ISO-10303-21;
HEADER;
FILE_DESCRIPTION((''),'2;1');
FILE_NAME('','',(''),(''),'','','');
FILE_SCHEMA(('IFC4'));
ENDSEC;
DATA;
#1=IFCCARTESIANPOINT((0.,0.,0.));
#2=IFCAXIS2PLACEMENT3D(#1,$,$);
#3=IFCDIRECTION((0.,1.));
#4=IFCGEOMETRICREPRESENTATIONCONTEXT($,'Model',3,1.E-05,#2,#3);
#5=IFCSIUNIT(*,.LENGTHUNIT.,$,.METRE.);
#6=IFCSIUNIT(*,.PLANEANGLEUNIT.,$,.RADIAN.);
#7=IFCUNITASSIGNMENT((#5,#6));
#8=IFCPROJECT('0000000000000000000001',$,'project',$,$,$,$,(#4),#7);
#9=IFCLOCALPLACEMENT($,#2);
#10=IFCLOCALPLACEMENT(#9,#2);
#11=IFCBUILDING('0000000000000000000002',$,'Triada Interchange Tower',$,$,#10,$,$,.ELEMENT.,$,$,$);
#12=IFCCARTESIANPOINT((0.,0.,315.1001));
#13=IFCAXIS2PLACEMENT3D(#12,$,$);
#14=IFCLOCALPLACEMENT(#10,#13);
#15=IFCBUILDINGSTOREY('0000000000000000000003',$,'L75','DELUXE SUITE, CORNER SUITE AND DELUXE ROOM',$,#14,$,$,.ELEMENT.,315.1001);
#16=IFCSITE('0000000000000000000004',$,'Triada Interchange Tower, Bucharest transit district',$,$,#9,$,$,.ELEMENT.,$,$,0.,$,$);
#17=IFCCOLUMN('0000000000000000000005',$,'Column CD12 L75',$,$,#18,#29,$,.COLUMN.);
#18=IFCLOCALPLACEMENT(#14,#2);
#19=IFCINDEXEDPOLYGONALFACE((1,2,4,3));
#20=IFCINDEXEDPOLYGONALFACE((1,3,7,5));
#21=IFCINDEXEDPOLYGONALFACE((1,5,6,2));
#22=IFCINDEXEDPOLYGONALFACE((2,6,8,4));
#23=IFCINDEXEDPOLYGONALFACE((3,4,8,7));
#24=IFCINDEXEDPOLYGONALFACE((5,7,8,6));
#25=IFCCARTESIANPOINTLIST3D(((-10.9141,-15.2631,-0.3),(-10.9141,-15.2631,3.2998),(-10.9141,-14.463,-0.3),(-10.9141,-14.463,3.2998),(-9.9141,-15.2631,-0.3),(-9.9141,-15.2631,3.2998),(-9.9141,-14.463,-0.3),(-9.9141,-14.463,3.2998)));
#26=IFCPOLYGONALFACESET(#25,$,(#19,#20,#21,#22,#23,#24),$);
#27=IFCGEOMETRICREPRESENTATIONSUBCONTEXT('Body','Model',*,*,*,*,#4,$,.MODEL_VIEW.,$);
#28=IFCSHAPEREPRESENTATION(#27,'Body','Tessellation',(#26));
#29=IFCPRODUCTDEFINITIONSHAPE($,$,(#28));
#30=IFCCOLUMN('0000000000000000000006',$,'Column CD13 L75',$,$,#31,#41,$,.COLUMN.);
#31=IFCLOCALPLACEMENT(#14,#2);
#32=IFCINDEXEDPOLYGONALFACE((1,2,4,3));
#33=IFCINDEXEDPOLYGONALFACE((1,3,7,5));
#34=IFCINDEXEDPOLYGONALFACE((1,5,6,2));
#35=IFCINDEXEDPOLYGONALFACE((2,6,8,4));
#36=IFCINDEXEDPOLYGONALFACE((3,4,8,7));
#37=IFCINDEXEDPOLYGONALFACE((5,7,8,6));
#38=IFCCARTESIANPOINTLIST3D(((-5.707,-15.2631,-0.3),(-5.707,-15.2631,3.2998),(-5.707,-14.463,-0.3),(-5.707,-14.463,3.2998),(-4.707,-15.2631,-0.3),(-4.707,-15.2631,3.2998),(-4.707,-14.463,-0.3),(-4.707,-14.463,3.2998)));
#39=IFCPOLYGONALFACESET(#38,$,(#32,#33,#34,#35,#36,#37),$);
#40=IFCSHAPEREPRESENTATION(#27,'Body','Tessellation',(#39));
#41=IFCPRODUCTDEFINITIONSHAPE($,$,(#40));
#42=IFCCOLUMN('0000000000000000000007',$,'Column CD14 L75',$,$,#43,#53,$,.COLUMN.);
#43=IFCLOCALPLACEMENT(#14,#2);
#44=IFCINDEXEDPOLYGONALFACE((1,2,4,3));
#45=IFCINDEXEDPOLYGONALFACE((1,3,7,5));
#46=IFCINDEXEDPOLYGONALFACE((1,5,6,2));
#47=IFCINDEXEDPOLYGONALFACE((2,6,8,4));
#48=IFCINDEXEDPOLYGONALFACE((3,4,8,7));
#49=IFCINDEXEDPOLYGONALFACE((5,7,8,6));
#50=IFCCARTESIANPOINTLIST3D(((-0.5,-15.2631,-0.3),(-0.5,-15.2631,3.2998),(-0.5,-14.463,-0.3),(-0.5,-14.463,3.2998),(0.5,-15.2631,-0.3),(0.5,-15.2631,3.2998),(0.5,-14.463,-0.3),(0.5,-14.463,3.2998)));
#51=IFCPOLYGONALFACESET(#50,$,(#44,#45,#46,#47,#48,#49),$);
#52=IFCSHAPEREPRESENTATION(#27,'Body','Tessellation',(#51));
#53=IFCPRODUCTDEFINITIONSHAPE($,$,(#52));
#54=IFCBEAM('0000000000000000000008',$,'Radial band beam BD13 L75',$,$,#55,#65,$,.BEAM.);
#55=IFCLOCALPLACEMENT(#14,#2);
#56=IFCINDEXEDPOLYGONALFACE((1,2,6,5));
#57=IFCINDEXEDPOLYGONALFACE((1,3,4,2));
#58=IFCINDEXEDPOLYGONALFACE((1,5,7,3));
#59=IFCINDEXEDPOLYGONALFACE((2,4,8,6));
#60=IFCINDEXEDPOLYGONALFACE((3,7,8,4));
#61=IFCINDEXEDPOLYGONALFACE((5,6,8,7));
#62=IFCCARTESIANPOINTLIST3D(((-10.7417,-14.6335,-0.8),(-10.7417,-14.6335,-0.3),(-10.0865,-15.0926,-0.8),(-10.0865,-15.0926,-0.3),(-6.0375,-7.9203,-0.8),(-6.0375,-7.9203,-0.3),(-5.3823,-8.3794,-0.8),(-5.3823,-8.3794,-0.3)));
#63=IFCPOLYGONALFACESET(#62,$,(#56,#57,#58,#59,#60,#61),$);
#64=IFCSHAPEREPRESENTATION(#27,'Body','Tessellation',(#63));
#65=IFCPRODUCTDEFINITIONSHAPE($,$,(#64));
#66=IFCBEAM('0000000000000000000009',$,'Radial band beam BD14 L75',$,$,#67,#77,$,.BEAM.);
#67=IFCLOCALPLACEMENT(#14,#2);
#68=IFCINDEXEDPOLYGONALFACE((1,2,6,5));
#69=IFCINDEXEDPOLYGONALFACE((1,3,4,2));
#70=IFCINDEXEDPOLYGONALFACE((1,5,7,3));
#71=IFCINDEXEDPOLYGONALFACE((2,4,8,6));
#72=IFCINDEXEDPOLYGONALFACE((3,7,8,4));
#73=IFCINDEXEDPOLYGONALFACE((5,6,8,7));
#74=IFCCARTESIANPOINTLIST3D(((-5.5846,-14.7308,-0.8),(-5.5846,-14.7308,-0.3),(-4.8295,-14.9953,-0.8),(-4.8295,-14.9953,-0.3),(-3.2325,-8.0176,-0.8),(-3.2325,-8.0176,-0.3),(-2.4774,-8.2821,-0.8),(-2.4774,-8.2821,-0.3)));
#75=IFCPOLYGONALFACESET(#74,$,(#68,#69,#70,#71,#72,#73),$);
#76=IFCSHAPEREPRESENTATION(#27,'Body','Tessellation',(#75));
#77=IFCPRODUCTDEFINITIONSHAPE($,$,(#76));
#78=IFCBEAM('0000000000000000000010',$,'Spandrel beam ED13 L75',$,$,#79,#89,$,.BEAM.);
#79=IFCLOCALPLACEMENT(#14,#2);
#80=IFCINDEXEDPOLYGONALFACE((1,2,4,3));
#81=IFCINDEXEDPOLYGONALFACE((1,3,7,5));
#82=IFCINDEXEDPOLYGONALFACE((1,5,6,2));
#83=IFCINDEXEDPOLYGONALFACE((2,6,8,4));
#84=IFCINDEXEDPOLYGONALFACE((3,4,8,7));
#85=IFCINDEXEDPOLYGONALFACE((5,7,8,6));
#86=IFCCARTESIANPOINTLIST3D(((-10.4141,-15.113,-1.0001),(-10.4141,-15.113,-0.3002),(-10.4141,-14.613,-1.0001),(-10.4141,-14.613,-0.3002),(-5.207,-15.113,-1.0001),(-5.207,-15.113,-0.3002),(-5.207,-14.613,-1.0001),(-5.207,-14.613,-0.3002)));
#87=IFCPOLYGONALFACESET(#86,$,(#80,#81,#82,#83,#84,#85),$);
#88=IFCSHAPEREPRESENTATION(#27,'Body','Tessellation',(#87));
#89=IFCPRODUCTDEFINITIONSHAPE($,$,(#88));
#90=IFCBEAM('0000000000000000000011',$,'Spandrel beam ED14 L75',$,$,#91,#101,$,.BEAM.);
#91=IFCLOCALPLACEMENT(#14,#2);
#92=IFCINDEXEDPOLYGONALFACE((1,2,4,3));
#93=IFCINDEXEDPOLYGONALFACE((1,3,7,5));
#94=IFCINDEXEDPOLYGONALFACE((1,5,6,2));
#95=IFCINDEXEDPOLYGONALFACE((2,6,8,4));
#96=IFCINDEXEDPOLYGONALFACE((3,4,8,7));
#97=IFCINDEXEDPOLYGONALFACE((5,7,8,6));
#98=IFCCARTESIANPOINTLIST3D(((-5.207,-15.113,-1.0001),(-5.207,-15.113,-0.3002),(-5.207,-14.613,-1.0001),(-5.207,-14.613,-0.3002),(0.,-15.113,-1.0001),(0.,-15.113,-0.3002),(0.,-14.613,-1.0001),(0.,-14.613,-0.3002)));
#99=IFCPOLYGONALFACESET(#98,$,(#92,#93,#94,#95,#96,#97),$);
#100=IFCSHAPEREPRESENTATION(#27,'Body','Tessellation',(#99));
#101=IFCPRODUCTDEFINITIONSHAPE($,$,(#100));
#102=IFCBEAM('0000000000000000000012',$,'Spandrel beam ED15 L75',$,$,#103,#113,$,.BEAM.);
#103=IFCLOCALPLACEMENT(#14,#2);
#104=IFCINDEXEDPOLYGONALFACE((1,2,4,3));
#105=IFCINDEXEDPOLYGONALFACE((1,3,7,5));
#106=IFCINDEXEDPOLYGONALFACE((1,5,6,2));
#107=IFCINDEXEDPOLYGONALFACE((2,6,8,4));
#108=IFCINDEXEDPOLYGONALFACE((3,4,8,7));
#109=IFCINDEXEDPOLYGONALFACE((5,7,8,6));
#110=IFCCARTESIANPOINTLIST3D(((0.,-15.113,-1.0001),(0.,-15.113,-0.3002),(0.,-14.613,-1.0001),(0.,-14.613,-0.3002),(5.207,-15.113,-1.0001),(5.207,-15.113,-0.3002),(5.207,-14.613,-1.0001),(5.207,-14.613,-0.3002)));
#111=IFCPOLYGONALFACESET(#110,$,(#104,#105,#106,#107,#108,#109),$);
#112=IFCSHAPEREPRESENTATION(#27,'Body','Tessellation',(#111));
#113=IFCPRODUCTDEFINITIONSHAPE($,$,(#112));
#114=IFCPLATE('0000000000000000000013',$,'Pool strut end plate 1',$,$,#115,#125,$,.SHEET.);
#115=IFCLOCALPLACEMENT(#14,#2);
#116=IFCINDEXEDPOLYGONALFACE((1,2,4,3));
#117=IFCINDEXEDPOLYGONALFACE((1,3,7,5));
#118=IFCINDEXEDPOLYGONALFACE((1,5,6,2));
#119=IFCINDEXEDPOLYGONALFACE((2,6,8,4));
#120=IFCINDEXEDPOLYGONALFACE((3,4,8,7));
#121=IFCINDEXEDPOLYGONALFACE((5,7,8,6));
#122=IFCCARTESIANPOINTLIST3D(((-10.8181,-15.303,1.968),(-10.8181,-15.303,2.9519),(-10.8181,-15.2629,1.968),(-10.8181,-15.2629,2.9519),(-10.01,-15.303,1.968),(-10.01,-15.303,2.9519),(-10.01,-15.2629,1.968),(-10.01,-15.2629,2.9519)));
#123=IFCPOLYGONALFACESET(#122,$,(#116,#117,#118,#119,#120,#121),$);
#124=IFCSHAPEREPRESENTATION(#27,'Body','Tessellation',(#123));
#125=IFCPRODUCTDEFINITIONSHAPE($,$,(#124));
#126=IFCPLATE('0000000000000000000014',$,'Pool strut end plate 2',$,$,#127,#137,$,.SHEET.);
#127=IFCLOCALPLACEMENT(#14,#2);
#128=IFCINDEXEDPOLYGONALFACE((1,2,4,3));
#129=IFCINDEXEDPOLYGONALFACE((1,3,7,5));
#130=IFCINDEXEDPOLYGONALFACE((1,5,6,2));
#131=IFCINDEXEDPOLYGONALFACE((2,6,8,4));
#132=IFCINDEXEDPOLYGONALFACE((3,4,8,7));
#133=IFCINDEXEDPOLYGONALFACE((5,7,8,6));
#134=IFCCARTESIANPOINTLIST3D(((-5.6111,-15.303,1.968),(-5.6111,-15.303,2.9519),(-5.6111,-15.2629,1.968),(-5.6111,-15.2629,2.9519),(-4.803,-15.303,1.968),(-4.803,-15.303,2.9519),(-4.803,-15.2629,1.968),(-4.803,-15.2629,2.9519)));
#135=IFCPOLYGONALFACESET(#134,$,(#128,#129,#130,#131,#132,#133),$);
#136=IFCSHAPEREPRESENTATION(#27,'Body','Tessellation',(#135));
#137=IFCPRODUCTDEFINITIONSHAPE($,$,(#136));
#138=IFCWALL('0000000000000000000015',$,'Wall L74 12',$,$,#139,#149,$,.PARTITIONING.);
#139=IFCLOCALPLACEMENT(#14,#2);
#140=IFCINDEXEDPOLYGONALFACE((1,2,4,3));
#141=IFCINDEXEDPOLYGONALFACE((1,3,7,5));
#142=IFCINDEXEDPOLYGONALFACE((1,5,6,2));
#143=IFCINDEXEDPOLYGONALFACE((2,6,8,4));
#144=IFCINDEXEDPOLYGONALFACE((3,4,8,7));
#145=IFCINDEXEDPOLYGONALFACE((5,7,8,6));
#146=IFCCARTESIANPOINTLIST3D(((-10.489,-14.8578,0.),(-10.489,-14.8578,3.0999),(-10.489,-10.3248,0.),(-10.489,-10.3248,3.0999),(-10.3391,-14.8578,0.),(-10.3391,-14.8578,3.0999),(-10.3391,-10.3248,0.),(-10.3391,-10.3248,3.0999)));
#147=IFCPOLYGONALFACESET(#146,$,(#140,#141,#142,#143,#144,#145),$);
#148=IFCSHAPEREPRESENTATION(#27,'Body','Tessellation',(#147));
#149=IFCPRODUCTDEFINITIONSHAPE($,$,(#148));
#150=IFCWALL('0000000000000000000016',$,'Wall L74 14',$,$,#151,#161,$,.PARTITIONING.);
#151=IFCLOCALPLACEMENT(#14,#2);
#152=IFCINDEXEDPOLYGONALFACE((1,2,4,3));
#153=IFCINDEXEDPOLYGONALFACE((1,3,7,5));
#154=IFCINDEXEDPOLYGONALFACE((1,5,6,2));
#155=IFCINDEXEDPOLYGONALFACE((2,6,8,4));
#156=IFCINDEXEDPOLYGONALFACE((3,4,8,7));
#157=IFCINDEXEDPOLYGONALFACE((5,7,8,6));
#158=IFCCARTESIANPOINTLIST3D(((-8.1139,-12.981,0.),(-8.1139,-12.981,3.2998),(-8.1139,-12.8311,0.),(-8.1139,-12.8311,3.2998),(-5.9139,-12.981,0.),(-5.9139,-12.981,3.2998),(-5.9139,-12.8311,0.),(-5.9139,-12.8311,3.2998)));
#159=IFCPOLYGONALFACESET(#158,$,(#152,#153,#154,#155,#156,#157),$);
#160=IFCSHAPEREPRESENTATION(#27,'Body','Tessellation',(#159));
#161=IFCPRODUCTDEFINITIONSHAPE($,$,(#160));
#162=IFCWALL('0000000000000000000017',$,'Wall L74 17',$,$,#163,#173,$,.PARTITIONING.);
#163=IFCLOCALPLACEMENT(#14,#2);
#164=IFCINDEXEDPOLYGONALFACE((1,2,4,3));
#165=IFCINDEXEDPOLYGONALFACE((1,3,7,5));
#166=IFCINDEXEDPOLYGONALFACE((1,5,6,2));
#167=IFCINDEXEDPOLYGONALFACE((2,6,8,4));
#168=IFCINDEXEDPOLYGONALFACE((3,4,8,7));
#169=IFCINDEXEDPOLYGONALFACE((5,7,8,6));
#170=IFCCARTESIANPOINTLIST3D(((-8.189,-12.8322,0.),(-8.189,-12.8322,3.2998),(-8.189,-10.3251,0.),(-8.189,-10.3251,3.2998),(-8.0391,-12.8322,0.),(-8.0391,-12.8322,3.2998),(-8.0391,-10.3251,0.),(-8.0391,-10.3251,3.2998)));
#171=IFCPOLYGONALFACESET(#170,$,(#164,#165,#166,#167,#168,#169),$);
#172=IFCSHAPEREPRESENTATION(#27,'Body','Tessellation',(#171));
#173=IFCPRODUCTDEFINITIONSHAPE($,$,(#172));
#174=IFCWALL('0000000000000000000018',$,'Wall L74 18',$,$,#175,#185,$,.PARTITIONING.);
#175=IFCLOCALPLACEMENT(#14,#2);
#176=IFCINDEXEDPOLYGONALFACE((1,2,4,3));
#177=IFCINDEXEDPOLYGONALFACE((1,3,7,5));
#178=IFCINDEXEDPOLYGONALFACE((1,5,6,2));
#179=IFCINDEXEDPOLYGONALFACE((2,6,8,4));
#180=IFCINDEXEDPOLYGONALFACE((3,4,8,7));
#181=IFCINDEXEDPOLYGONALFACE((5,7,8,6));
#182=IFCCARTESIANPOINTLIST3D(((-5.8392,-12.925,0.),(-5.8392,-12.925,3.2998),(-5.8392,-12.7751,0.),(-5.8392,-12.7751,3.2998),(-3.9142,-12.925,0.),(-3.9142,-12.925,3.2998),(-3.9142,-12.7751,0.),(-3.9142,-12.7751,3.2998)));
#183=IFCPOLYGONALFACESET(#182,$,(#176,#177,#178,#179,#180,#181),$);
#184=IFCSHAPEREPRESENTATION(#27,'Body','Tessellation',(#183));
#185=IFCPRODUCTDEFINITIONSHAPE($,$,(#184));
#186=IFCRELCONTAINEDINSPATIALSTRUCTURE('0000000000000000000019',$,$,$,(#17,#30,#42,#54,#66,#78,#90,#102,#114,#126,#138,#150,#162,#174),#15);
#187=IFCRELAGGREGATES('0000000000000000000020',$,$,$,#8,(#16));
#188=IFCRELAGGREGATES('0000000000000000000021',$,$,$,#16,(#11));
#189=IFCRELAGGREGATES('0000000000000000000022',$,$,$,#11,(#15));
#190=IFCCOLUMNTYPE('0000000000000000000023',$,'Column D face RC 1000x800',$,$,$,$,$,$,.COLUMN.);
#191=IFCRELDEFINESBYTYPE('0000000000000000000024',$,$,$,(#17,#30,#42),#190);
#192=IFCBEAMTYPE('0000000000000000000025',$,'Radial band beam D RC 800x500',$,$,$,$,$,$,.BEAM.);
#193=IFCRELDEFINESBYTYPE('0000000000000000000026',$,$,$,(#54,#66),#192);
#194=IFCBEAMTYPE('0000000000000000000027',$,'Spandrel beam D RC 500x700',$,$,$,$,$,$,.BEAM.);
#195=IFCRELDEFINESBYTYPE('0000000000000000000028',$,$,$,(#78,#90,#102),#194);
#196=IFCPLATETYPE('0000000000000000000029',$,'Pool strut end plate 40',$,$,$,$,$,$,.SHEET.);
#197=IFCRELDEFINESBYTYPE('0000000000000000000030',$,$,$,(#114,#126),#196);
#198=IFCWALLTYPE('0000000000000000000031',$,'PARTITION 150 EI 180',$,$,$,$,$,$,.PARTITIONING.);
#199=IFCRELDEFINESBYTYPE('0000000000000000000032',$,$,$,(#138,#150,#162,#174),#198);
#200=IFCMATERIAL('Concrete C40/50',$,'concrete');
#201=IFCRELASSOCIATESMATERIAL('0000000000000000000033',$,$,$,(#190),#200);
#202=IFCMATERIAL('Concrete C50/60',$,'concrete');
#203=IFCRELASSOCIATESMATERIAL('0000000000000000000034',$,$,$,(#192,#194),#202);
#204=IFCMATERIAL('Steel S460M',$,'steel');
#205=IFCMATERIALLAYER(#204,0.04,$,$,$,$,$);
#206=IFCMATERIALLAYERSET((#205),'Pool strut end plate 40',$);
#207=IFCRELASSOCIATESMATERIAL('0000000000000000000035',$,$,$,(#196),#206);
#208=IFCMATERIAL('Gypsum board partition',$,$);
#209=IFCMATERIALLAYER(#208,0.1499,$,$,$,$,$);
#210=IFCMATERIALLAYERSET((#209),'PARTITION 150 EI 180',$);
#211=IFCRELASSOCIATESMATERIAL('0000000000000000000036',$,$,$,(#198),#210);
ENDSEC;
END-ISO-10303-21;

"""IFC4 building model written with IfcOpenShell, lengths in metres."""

from ifc_helpers import new_model, si_unit, direction, frame, frame_2d, origin, origin_2d, place, context, subcontext, project, spatial, rectangle, extrude, material, layer, layer_set, material_profile, profile_set, type_object, element, save


model = new_model("IFC4")

# Units and contexts
model_context = context("Model", 3, precision=1e-05, world=origin(), true_north=direction((0.0, 1.0)))
body_context = subcontext(model_context, "Body", "Model", "MODEL_VIEW")
ifc_project = project(units=[si_unit("LENGTHUNIT", "METRE"), si_unit("PLANEANGLEUNIT", "RADIAN")], contexts=[model_context])

# Site, building, storey
site_placement = place(None, origin())
site = spatial("IfcSite", under=ifc_project, at=site_placement, Name="Triada Interchange Tower, Bucharest transit district", CompositionType="ELEMENT", RefElevation=0.0)
building_placement = place(site_placement, origin())
building = spatial("IfcBuilding", under=site, at=building_placement, Name="Triada Interchange Tower", CompositionType="ELEMENT")
storey_placement = place(building_placement, frame((0.0, 0.0, 315.1001)))
storey = spatial("IfcBuildingStorey", under=building, at=storey_placement, Name="L75", Description="DELUXE SUITE, CORNER SUITE AND DELUXE ROOM", CompositionType="ELEMENT", Elevation=315.1001)

# Columns
ifc_material_1 = material(Name="Concrete C40/50", Category="concrete")
ifc_material_profile_1 = material_profile(ifc_material_1, rectangle(XDim=1.0, YDim=0.8, at=origin_2d()), Name="RC 1000x800")
ifc_profile_set_1 = profile_set([ifc_material_profile_1], Name="Concrete C40/50")
column_type = type_object("IfcColumnType", Name="Column D face RC 1000x800", PredefinedType="COLUMN", material=ifc_profile_set_1)
for number, where, z_axis, x_axis, name in (
    (1, (-10.4141, -14.863, -0.3), (0.0, 0.0, 1.0), (1.0, 0.0, 0.0), "Column CD12 L75"),
    (2, (-5.207, -14.863, -0.3), (0.0, 0.0, 1.0), (1.0, 0.0, 0.0), "Column CD13 L75"),
    (3, (0.0, -14.863, -0.3), (0.0, 0.0, 1.0), (1.0, 0.0, 0.0), "Column CD14 L75"),
):
    element("IfcColumn", number, at=place(storey_placement, frame(where, z_axis=z_axis, x_axis=x_axis)), inside=storey, type_object=column_type, Name=name, PredefinedType="COLUMN", context=body_context, shape_type="SweptSolid", body=[
        extrude(rectangle(XDim=1.0, YDim=0.8, at=origin_2d()), origin(), (0.0, 0.0, 1.0), 3.5999),
    ])

# Beams
ifc_material_2 = material(Name="Concrete C50/60", Category="concrete")
ifc_material_profile_2 = material_profile(ifc_material_2, rectangle(XDim=0.8, YDim=0.5, at=origin_2d()), Name="RC 800x500")
ifc_profile_set_2 = profile_set([ifc_material_profile_2], Name="Concrete C50/60")
beam_type_1 = type_object("IfcBeamType", Name="Radial band beam D RC 800x500", PredefinedType="BEAM", material=ifc_profile_set_2)
beam_1_placement = place(storey_placement, frame((-10.4141, -14.863, -0.55), z_axis=(0.573864, 0.818951, 0.0), x_axis=(-0.818951, 0.573864, 0.0)))
element("IfcBeam", 4, at=beam_1_placement, inside=storey, type_object=beam_type_1, Name="Radial band beam BD13 L75", PredefinedType="BEAM", context=body_context, shape_type="SweptSolid", body=[
    extrude(rectangle(XDim=0.8, YDim=0.5, at=origin_2d()), origin(), (0.0, 0.0, 1.0), 8.1973),
])
beam_2_placement = place(storey_placement, frame((-5.207, -14.863, -0.55), z_axis=(0.330658, 0.943751, 0.0), x_axis=(-0.943751, 0.330658, 0.0)))
element("IfcBeam", 5, at=beam_2_placement, inside=storey, type_object=beam_type_1, Name="Radial band beam BD14 L75", PredefinedType="BEAM", context=body_context, shape_type="SweptSolid", body=[
    extrude(rectangle(XDim=0.8, YDim=0.5, at=origin_2d()), origin(), (0.0, 0.0, 1.0), 7.1133),
])
ifc_material_profile_3 = material_profile(ifc_material_2, rectangle(XDim=0.5, YDim=0.7, at=origin_2d()), Name="RC 500x700")
ifc_profile_set_3 = profile_set([ifc_material_profile_3], Name="Concrete C50/60")
beam_type_2 = type_object("IfcBeamType", Name="Spandrel beam D RC 500x700", PredefinedType="BEAM", material=ifc_profile_set_3)
for number, where, z_axis, x_axis, name in (
    (6, (-10.4141, -14.863, -0.6501), (1.0, 0.0, 0.0), (0.0, 1.0, 0.0), "Spandrel beam ED13 L75"),
    (7, (-5.207, -14.863, -0.6501), (1.0, 0.0, 0.0), (0.0, 1.0, 0.0), "Spandrel beam ED14 L75"),
    (8, (0.0, -14.863, -0.6501), (1.0, 0.0, 0.0), (0.0, 1.0, 0.0), "Spandrel beam ED15 L75"),
):
    element("IfcBeam", number, at=place(storey_placement, frame(where, z_axis=z_axis, x_axis=x_axis)), inside=storey, type_object=beam_type_2, Name=name, PredefinedType="BEAM", context=body_context, shape_type="SweptSolid", body=[
        extrude(rectangle(XDim=0.5, YDim=0.7, at=origin_2d()), origin(), (0.0, 0.0, 1.0), 5.207),
    ])

# Plates
ifc_material_3 = material(Name="Steel S460M", Category="steel")
ifc_layer_1 = layer(ifc_material_3, 0.04)
ifc_layer_set_1 = layer_set([ifc_layer_1], Name="Pool strut end plate 40")
plate_type = type_object("IfcPlateType", Name="Pool strut end plate 40", PredefinedType="SHEET", material=ifc_layer_set_1)
for number, where, z_axis, x_axis, name in (
    (9, (-10.4141, -15.283, 1.968), (0.0, 0.0, 1.0), (0.0, -1.0, 0.0), "Pool strut end plate 1"),
    (10, (-5.207, -15.283, 1.968), (0.0, 0.0, 1.0), (0.0, -1.0, 0.0), "Pool strut end plate 2"),
):
    element("IfcPlate", number, at=place(storey_placement, frame(where, z_axis=z_axis, x_axis=x_axis)), inside=storey, type_object=plate_type, Name=name, PredefinedType="SHEET", context=body_context, shape_type="SweptSolid", body=[
        extrude(rectangle(XDim=0.04, YDim=0.8081, at=origin_2d()), origin(), (0.0, 0.0, 1.0), 0.9839),
    ])

# Walls
ifc_material_4 = material(Name="Gypsum board partition")
ifc_layer_2 = layer(ifc_material_4, 0.1499)
ifc_layer_set_2 = layer_set([ifc_layer_2], Name="PARTITION 150 EI 180")
wall_type_1 = type_object("IfcWallType", Name="PARTITION 150 EI 180", PredefinedType="PARTITIONING", material=ifc_layer_set_2)
wall_1_placement = place(storey_placement, frame((-10.4141, -14.8579, 0.0), z_axis=(0.0, 0.0, 1.0), x_axis=(0.0, 1.0, 0.0)))
element("IfcWall", 11, at=wall_1_placement, inside=storey, type_object=wall_type_1, Name="Wall L74 12", PredefinedType="PARTITIONING", context=body_context, shape_type="SweptSolid", body=[
    extrude(rectangle(XDim=4.533, YDim=0.1499, at=frame_2d((2.2666, 0.0))), origin(), (0.0, 0.0, 1.0), 3.0999),
])
wall_2_placement = place(storey_placement, frame((-8.114, -12.906, 0.0), z_axis=(0.0, 0.0, 1.0), x_axis=(1.0, 0.0, 0.0)))
element("IfcWall", 12, at=wall_2_placement, inside=storey, type_object=wall_type_1, Name="Wall L74 14", PredefinedType="PARTITIONING", context=body_context, shape_type="SweptSolid", body=[
    extrude(rectangle(XDim=2.2, YDim=0.1499, at=frame_2d((1.1001, 0.0))), origin(), (0.0, 0.0, 1.0), 3.2998),
])
wall_3_placement = place(storey_placement, frame((-8.114, -12.832, 0.0), z_axis=(0.0, 0.0, 1.0), x_axis=(0.0, 1.0, 0.0)))
element("IfcWall", 13, at=wall_3_placement, inside=storey, type_object=wall_type_1, Name="Wall L74 17", PredefinedType="PARTITIONING", context=body_context, shape_type="SweptSolid", body=[
    extrude(rectangle(XDim=2.5071, YDim=0.1499, at=frame_2d((1.2534, 0.0))), origin(), (0.0, 0.0, 1.0), 3.2998),
])
wall_4_placement = place(storey_placement, frame((-5.8391, -12.8501, 0.0), z_axis=(0.0, 0.0, 1.0), x_axis=(1.0, 0.0, 0.0)))
element("IfcWall", 14, at=wall_4_placement, inside=storey, type_object=wall_type_1, Name="Wall L74 18", PredefinedType="PARTITIONING", context=body_context, shape_type="SweptSolid", body=[
    extrude(rectangle(XDim=1.925, YDim=0.1499, at=frame_2d((0.9624, 0.0))), origin(), (0.0, 0.0, 1.0), 3.2998),
])

save(model, "model.ifc")
